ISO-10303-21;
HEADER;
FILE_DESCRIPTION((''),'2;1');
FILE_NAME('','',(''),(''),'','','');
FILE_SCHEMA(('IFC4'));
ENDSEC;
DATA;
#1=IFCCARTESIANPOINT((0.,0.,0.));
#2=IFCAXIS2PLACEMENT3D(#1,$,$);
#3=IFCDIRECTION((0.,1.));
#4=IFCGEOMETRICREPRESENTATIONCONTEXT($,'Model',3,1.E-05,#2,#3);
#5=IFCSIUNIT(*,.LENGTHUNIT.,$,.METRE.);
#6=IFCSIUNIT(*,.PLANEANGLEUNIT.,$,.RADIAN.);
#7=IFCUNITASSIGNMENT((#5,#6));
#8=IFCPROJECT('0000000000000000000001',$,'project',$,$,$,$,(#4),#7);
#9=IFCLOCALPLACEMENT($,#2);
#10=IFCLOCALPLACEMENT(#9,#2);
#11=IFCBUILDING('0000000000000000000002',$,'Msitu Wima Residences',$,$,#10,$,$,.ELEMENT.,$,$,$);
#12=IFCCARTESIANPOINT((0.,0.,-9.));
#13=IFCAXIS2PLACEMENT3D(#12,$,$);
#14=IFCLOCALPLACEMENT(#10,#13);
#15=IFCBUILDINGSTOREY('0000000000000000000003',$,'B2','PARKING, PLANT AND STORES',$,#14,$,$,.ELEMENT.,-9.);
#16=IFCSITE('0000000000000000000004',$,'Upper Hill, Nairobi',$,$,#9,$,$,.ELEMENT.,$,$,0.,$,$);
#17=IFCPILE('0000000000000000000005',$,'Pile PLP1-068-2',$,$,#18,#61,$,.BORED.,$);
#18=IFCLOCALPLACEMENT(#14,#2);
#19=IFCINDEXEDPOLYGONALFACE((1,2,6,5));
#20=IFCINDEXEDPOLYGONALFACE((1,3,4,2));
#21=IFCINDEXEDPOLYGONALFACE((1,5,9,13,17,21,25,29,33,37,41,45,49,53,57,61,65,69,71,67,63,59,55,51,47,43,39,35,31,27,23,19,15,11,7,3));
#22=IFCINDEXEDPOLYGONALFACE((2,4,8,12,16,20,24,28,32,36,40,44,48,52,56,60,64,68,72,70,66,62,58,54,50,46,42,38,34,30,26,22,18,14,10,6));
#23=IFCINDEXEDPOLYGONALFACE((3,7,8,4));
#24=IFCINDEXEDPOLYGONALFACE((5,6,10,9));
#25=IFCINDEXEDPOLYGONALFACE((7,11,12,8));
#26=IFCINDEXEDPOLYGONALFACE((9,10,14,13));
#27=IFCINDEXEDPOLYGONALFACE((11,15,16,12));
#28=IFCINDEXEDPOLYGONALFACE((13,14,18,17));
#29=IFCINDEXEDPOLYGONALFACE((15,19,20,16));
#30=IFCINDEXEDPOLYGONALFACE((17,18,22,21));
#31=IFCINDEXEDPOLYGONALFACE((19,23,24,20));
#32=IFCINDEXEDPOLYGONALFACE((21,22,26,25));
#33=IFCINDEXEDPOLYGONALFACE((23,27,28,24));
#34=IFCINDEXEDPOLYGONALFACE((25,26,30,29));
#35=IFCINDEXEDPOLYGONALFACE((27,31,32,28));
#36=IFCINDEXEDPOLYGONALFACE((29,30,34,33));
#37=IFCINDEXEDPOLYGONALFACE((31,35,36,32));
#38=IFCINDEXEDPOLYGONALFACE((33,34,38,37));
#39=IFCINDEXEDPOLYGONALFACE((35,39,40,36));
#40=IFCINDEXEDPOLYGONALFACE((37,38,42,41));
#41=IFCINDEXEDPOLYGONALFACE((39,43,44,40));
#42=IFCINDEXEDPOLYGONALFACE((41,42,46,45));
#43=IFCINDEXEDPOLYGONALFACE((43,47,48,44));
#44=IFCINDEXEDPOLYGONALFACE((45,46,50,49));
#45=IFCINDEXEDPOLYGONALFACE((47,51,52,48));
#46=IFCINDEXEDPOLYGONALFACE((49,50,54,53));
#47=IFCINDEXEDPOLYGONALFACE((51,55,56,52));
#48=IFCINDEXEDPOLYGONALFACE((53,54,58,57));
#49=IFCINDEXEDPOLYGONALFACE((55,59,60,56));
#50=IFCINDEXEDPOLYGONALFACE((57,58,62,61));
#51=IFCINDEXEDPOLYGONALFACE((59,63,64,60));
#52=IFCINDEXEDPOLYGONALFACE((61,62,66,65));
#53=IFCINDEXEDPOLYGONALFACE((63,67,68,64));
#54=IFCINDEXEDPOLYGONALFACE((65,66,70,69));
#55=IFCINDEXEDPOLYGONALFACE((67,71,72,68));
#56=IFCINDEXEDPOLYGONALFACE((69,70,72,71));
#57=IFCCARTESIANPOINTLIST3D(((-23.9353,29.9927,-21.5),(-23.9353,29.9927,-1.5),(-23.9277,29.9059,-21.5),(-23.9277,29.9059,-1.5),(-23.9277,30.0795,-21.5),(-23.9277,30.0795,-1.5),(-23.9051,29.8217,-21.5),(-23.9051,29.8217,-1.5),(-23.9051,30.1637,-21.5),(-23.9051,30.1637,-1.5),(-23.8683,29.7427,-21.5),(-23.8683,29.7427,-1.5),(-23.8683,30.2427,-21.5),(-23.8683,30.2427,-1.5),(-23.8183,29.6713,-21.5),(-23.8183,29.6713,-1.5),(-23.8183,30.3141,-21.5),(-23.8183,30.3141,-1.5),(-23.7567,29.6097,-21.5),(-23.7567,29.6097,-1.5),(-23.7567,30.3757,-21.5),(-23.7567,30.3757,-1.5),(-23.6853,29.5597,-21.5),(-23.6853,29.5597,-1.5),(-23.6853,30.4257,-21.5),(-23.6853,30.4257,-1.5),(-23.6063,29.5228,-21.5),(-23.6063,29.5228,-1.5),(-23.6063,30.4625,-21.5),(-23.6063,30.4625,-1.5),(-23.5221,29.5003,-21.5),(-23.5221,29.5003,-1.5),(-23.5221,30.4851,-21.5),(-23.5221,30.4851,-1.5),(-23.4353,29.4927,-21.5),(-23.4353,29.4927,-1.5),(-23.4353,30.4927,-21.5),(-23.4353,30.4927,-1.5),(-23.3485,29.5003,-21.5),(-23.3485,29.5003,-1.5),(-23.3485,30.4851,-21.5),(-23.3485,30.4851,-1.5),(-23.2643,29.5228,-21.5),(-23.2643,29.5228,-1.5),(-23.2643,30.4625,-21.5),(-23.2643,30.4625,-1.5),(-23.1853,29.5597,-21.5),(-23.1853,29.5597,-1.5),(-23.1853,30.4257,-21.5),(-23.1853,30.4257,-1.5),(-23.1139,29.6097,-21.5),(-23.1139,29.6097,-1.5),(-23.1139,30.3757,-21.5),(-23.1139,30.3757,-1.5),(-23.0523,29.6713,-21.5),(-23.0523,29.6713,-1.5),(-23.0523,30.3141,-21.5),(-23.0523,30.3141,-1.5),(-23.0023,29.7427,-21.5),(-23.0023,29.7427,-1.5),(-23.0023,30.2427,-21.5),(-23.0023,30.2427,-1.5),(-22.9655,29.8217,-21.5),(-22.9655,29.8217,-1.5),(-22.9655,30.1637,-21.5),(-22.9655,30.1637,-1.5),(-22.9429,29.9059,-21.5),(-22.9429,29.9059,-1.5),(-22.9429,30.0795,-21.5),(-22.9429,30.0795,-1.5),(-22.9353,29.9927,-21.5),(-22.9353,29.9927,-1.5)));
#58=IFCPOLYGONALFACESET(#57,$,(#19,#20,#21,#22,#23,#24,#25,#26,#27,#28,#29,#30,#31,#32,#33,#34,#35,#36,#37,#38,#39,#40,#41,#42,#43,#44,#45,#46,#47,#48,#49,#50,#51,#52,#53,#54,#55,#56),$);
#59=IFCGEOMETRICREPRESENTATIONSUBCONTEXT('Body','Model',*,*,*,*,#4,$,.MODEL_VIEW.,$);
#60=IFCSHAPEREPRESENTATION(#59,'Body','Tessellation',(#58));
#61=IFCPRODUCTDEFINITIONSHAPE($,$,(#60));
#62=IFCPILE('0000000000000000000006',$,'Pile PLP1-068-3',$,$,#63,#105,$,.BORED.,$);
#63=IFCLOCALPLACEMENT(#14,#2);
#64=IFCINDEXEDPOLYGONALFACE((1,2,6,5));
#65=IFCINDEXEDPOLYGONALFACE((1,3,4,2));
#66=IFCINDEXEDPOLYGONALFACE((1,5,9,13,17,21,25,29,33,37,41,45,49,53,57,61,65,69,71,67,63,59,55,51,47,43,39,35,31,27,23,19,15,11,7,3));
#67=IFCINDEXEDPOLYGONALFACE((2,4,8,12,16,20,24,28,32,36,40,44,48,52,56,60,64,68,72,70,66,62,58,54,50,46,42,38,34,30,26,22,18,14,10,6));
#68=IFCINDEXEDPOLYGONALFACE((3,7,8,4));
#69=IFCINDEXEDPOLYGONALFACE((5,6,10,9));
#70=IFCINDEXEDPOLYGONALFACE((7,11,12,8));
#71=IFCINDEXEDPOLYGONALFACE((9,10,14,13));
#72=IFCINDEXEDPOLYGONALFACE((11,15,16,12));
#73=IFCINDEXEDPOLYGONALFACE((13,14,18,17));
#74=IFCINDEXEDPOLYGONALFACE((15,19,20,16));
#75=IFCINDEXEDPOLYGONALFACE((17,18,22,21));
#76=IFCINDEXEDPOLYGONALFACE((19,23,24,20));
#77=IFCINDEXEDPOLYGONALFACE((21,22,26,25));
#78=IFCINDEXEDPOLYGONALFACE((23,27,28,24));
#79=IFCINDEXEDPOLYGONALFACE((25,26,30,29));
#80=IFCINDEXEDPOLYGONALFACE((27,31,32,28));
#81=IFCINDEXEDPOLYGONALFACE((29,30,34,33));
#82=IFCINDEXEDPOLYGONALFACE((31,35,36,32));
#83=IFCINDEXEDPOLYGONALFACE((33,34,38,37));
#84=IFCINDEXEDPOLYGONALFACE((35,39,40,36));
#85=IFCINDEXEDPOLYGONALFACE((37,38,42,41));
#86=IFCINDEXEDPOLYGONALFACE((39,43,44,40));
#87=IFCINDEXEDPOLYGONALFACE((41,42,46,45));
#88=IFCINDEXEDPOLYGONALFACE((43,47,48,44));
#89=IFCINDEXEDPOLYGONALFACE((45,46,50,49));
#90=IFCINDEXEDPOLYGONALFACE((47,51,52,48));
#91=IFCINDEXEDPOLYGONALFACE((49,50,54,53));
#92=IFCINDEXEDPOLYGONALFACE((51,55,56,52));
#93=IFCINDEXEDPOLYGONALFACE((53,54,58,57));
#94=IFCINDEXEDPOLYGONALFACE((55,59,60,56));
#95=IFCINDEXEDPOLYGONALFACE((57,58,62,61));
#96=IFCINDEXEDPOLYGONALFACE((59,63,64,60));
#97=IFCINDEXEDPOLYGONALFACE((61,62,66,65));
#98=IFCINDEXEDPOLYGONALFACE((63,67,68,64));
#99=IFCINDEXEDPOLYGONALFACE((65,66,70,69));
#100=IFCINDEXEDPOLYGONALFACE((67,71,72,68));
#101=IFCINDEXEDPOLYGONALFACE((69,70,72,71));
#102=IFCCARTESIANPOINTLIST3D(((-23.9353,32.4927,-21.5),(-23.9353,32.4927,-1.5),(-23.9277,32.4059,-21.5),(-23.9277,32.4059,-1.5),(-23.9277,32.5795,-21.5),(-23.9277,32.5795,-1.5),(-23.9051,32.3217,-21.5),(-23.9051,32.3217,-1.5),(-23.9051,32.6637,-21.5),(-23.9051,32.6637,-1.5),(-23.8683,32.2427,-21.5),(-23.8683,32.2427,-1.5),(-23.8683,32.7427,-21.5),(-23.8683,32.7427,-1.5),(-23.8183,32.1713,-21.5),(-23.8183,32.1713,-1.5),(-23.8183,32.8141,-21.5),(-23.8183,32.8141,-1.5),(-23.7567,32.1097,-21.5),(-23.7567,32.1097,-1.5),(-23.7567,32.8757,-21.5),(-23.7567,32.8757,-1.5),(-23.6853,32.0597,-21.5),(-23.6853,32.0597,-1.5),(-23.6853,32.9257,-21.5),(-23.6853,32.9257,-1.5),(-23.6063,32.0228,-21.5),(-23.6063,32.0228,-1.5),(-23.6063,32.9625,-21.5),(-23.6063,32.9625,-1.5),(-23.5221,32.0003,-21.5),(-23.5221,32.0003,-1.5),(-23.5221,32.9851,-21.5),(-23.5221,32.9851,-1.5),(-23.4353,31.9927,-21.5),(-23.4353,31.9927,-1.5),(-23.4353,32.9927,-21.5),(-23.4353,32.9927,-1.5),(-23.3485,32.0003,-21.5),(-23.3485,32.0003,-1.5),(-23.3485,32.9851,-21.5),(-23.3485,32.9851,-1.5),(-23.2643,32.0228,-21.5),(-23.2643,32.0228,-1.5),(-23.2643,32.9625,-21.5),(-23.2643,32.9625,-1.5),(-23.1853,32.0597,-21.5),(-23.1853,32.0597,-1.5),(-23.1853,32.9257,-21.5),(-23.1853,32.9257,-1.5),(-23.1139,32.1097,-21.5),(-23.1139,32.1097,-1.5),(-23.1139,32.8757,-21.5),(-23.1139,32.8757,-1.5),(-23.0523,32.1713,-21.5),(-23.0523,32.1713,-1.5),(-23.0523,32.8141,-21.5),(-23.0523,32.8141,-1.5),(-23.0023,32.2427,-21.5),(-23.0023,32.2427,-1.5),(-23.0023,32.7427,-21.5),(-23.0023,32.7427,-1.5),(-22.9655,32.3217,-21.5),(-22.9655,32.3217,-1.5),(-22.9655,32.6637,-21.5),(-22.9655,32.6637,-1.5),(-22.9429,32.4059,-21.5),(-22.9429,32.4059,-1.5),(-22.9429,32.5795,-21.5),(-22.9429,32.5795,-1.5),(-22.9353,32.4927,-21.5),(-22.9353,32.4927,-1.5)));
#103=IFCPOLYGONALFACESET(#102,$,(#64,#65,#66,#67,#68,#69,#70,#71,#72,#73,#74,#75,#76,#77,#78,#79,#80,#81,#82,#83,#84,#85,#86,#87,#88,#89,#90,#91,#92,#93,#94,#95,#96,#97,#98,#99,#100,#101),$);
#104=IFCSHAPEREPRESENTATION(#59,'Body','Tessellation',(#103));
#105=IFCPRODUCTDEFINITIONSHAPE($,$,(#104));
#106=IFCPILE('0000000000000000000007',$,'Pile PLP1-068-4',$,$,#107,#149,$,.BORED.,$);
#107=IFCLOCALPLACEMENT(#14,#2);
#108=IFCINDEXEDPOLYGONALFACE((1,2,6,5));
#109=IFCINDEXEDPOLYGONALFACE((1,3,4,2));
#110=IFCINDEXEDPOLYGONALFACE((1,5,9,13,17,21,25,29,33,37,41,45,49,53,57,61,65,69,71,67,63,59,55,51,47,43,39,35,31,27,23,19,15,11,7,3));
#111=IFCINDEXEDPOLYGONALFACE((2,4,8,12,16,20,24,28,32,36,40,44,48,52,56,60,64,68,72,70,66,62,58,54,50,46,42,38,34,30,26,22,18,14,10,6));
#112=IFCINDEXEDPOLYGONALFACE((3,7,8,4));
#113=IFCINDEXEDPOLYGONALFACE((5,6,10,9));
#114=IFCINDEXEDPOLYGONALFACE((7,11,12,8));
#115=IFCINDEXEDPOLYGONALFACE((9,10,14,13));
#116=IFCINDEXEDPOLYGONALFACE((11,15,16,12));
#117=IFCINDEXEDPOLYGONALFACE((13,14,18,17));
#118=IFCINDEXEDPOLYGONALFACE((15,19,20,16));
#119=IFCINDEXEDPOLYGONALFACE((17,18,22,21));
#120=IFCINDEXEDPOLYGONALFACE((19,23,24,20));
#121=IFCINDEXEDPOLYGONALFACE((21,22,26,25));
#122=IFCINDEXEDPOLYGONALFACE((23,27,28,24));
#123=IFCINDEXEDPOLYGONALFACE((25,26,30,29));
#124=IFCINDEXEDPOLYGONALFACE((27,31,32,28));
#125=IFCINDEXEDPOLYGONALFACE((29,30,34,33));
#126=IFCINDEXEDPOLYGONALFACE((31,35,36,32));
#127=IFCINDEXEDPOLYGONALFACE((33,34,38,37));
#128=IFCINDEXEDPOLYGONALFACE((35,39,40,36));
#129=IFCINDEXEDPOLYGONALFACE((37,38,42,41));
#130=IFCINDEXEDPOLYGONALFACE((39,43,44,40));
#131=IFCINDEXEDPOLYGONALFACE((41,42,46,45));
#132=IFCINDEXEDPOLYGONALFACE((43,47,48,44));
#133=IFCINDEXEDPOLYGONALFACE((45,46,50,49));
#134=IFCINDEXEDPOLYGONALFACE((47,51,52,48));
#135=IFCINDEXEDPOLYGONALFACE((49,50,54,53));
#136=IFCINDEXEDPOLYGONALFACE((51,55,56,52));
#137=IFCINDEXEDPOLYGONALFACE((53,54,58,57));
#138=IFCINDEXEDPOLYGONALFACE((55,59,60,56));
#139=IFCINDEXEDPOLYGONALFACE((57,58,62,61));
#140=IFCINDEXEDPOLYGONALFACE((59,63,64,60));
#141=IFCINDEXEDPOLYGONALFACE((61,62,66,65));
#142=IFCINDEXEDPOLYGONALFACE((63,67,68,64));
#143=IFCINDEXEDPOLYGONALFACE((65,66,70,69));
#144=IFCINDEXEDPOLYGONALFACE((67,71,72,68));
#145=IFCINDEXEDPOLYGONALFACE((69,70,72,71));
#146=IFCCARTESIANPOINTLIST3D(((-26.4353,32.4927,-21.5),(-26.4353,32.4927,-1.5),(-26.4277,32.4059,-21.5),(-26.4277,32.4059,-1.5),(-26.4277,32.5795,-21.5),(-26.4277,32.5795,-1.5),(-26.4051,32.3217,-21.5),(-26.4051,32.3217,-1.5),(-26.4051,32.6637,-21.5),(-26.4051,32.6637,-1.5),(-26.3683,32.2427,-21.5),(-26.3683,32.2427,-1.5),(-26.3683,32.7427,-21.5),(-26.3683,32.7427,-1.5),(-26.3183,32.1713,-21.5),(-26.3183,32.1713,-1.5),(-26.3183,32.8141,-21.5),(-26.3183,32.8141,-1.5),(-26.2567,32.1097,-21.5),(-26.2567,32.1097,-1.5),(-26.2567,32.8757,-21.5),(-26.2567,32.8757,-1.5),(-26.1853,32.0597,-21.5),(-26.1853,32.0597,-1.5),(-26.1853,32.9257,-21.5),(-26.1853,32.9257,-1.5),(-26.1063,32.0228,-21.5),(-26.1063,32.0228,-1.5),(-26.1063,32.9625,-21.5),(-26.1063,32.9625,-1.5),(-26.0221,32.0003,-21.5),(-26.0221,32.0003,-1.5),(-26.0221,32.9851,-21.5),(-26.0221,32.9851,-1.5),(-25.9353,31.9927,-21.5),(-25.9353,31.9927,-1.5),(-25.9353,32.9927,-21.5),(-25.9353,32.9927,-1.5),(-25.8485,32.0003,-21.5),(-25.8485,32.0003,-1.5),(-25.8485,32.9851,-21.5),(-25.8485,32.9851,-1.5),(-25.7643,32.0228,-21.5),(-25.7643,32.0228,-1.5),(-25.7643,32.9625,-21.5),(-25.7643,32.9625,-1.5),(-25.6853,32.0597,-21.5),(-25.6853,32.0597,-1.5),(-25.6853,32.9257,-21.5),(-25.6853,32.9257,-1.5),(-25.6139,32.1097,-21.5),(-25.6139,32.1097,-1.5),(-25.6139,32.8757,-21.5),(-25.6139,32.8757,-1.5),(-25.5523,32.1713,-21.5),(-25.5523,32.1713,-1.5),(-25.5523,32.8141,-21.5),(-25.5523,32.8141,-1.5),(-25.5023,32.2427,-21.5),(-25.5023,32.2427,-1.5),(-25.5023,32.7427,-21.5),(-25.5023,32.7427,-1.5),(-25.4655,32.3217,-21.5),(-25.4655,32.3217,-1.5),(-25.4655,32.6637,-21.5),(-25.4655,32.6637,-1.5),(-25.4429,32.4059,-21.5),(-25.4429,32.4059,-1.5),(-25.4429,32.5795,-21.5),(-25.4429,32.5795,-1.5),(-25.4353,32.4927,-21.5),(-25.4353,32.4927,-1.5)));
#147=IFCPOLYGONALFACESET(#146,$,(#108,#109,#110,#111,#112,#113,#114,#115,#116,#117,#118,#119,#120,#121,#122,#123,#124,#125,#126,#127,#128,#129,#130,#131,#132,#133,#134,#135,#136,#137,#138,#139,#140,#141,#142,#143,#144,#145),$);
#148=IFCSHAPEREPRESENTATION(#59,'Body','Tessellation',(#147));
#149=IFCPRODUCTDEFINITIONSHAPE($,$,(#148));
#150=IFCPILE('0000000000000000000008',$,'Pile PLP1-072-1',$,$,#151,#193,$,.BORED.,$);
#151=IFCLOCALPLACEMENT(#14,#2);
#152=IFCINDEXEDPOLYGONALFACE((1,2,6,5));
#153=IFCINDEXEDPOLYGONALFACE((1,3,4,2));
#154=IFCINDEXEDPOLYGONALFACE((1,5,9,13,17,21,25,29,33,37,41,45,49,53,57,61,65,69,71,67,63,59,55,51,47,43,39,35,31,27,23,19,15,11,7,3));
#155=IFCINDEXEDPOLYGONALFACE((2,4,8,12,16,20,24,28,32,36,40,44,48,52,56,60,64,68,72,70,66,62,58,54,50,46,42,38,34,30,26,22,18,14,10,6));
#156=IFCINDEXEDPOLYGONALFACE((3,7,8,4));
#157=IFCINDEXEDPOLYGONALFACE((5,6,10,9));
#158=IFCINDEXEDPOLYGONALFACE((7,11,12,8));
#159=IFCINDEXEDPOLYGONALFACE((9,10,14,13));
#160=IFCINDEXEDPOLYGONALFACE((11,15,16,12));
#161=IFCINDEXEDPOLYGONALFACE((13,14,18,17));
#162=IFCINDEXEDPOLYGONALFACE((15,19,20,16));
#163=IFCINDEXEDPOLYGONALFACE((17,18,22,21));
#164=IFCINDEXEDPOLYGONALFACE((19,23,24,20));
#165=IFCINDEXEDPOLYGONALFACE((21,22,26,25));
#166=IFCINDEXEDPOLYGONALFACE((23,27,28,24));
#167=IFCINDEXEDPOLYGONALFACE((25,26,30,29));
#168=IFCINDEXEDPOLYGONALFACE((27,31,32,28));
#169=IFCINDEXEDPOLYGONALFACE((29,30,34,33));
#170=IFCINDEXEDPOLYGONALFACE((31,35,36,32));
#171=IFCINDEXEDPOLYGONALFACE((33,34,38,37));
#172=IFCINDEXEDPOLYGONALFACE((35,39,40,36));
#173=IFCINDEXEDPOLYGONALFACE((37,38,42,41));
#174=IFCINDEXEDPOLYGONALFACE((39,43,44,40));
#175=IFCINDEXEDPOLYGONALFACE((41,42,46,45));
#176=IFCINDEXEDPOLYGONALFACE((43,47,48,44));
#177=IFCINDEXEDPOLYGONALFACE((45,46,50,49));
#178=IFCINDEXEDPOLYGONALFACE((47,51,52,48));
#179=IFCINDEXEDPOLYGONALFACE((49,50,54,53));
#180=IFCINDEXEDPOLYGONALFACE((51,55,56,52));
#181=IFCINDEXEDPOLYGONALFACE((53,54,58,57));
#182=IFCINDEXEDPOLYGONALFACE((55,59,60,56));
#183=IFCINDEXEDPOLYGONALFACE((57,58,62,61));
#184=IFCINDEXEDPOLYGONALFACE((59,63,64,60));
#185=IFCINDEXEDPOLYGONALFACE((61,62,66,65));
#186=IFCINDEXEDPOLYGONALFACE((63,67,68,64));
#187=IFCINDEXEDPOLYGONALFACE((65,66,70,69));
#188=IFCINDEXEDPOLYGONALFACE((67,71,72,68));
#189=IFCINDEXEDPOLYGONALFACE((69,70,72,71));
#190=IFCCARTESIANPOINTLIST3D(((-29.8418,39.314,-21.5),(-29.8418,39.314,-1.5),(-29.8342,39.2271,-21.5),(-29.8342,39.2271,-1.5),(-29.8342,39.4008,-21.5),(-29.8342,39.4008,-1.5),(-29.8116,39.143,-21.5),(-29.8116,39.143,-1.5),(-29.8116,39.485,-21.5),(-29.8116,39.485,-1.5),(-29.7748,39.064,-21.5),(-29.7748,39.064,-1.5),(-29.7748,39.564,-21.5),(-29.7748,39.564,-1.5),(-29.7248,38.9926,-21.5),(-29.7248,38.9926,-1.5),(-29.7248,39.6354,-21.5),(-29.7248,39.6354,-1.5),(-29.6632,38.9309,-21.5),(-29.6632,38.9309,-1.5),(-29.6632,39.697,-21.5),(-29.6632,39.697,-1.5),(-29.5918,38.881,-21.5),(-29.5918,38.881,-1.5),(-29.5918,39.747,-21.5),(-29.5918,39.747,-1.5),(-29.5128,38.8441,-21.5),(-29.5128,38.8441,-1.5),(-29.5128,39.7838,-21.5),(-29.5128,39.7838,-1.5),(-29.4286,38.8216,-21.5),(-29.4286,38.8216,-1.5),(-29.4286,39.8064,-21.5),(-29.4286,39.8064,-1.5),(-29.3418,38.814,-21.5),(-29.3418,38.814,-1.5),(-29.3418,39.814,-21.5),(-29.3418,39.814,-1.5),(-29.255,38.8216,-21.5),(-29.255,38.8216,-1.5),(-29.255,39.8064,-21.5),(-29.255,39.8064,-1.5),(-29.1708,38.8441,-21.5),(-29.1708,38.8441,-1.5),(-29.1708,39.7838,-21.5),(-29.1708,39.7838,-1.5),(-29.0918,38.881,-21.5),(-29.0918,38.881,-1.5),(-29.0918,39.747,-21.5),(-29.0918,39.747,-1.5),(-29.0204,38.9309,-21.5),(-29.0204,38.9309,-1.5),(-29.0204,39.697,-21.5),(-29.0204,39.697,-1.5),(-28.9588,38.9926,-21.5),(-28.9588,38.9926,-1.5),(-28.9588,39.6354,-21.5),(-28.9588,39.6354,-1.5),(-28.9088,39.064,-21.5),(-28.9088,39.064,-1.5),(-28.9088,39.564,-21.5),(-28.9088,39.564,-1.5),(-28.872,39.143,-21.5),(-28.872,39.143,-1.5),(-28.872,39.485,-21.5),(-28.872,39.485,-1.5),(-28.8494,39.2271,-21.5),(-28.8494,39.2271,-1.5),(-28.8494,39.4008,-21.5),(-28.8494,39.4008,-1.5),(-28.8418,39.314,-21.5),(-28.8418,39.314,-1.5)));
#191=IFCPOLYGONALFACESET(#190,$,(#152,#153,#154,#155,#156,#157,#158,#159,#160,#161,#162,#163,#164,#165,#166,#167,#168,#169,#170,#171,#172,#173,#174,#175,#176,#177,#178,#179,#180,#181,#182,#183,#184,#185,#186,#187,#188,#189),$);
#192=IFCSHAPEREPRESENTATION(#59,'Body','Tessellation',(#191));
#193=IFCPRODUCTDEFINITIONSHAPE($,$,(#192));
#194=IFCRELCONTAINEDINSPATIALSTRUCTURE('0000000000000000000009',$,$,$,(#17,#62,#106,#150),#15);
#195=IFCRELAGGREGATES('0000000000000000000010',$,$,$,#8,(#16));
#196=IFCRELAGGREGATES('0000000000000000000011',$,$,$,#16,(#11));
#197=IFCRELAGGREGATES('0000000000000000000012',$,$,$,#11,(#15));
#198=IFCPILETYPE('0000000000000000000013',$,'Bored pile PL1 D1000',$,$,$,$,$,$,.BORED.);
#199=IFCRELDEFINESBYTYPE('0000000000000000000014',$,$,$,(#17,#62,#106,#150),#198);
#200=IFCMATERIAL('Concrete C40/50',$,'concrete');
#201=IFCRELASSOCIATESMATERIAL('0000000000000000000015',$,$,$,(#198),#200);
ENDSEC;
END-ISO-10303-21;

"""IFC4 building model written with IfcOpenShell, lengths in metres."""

from ifc_helpers import new_model, si_unit, direction, frame, origin, origin_2d, place, context, subcontext, project, spatial, circle, extrude, material, type_object, element, save


model = new_model("IFC4")

# Units and contexts
model_context = context("Model", 3, precision=1e-05, world=origin(), true_north=direction((0.0, 1.0)))
body_context = subcontext(model_context, "Body", "Model", "MODEL_VIEW")
ifc_project = project(units=[si_unit("LENGTHUNIT", "METRE"), si_unit("PLANEANGLEUNIT", "RADIAN")], contexts=[model_context])

# Site, building, storey
site_placement = place(None, origin())
site = spatial("IfcSite", under=ifc_project, at=site_placement, Name="Upper Hill, Nairobi", CompositionType="ELEMENT", RefElevation=0.0)
building_placement = place(site_placement, origin())
building = spatial("IfcBuilding", under=site, at=building_placement, Name="Msitu Wima Residences", CompositionType="ELEMENT")
storey_placement = place(building_placement, frame((0.0, 0.0, -9.0)))
storey = spatial("IfcBuildingStorey", under=building, at=storey_placement, Name="B2", Description="PARKING, PLANT AND STORES", CompositionType="ELEMENT", Elevation=-9.0)

# Piles
ifc_material_1 = material(Name="Concrete C40/50", Category="concrete")
pile_type_1 = type_object("IfcPileType", Name="Bored pile PL1 D1000", PredefinedType="BORED", material=ifc_material_1)
for number, where, z_axis, x_axis, name in (
    (1, (-23.4353, 29.9927, -1.5), (0.0, 0.0, -1.0), (1.0, 0.0, 0.0), "Pile PLP1-068-2"),
    (2, (-23.4353, 32.4927, -1.5), (0.0, 0.0, -1.0), (1.0, 0.0, 0.0), "Pile PLP1-068-3"),
    (3, (-25.9353, 32.4927, -1.5), (0.0, 0.0, -1.0), (1.0, 0.0, 0.0), "Pile PLP1-068-4"),
    (4, (-29.3418, 39.314, -1.5), (0.0, 0.0, -1.0), (1.0, 0.0, 0.0), "Pile PLP1-072-1"),
):
    element("IfcPile", number, at=place(storey_placement, frame(where, z_axis=z_axis, x_axis=x_axis)), inside=storey, type_object=pile_type_1, Name=name, PredefinedType="BORED", context=body_context, shape_type="SweptSolid", body=[
        extrude(circle(Radius=0.5, at=origin_2d()), origin(), (0.0, 0.0, 1.0), 20.0),
    ])

save(model, "model.ifc")
